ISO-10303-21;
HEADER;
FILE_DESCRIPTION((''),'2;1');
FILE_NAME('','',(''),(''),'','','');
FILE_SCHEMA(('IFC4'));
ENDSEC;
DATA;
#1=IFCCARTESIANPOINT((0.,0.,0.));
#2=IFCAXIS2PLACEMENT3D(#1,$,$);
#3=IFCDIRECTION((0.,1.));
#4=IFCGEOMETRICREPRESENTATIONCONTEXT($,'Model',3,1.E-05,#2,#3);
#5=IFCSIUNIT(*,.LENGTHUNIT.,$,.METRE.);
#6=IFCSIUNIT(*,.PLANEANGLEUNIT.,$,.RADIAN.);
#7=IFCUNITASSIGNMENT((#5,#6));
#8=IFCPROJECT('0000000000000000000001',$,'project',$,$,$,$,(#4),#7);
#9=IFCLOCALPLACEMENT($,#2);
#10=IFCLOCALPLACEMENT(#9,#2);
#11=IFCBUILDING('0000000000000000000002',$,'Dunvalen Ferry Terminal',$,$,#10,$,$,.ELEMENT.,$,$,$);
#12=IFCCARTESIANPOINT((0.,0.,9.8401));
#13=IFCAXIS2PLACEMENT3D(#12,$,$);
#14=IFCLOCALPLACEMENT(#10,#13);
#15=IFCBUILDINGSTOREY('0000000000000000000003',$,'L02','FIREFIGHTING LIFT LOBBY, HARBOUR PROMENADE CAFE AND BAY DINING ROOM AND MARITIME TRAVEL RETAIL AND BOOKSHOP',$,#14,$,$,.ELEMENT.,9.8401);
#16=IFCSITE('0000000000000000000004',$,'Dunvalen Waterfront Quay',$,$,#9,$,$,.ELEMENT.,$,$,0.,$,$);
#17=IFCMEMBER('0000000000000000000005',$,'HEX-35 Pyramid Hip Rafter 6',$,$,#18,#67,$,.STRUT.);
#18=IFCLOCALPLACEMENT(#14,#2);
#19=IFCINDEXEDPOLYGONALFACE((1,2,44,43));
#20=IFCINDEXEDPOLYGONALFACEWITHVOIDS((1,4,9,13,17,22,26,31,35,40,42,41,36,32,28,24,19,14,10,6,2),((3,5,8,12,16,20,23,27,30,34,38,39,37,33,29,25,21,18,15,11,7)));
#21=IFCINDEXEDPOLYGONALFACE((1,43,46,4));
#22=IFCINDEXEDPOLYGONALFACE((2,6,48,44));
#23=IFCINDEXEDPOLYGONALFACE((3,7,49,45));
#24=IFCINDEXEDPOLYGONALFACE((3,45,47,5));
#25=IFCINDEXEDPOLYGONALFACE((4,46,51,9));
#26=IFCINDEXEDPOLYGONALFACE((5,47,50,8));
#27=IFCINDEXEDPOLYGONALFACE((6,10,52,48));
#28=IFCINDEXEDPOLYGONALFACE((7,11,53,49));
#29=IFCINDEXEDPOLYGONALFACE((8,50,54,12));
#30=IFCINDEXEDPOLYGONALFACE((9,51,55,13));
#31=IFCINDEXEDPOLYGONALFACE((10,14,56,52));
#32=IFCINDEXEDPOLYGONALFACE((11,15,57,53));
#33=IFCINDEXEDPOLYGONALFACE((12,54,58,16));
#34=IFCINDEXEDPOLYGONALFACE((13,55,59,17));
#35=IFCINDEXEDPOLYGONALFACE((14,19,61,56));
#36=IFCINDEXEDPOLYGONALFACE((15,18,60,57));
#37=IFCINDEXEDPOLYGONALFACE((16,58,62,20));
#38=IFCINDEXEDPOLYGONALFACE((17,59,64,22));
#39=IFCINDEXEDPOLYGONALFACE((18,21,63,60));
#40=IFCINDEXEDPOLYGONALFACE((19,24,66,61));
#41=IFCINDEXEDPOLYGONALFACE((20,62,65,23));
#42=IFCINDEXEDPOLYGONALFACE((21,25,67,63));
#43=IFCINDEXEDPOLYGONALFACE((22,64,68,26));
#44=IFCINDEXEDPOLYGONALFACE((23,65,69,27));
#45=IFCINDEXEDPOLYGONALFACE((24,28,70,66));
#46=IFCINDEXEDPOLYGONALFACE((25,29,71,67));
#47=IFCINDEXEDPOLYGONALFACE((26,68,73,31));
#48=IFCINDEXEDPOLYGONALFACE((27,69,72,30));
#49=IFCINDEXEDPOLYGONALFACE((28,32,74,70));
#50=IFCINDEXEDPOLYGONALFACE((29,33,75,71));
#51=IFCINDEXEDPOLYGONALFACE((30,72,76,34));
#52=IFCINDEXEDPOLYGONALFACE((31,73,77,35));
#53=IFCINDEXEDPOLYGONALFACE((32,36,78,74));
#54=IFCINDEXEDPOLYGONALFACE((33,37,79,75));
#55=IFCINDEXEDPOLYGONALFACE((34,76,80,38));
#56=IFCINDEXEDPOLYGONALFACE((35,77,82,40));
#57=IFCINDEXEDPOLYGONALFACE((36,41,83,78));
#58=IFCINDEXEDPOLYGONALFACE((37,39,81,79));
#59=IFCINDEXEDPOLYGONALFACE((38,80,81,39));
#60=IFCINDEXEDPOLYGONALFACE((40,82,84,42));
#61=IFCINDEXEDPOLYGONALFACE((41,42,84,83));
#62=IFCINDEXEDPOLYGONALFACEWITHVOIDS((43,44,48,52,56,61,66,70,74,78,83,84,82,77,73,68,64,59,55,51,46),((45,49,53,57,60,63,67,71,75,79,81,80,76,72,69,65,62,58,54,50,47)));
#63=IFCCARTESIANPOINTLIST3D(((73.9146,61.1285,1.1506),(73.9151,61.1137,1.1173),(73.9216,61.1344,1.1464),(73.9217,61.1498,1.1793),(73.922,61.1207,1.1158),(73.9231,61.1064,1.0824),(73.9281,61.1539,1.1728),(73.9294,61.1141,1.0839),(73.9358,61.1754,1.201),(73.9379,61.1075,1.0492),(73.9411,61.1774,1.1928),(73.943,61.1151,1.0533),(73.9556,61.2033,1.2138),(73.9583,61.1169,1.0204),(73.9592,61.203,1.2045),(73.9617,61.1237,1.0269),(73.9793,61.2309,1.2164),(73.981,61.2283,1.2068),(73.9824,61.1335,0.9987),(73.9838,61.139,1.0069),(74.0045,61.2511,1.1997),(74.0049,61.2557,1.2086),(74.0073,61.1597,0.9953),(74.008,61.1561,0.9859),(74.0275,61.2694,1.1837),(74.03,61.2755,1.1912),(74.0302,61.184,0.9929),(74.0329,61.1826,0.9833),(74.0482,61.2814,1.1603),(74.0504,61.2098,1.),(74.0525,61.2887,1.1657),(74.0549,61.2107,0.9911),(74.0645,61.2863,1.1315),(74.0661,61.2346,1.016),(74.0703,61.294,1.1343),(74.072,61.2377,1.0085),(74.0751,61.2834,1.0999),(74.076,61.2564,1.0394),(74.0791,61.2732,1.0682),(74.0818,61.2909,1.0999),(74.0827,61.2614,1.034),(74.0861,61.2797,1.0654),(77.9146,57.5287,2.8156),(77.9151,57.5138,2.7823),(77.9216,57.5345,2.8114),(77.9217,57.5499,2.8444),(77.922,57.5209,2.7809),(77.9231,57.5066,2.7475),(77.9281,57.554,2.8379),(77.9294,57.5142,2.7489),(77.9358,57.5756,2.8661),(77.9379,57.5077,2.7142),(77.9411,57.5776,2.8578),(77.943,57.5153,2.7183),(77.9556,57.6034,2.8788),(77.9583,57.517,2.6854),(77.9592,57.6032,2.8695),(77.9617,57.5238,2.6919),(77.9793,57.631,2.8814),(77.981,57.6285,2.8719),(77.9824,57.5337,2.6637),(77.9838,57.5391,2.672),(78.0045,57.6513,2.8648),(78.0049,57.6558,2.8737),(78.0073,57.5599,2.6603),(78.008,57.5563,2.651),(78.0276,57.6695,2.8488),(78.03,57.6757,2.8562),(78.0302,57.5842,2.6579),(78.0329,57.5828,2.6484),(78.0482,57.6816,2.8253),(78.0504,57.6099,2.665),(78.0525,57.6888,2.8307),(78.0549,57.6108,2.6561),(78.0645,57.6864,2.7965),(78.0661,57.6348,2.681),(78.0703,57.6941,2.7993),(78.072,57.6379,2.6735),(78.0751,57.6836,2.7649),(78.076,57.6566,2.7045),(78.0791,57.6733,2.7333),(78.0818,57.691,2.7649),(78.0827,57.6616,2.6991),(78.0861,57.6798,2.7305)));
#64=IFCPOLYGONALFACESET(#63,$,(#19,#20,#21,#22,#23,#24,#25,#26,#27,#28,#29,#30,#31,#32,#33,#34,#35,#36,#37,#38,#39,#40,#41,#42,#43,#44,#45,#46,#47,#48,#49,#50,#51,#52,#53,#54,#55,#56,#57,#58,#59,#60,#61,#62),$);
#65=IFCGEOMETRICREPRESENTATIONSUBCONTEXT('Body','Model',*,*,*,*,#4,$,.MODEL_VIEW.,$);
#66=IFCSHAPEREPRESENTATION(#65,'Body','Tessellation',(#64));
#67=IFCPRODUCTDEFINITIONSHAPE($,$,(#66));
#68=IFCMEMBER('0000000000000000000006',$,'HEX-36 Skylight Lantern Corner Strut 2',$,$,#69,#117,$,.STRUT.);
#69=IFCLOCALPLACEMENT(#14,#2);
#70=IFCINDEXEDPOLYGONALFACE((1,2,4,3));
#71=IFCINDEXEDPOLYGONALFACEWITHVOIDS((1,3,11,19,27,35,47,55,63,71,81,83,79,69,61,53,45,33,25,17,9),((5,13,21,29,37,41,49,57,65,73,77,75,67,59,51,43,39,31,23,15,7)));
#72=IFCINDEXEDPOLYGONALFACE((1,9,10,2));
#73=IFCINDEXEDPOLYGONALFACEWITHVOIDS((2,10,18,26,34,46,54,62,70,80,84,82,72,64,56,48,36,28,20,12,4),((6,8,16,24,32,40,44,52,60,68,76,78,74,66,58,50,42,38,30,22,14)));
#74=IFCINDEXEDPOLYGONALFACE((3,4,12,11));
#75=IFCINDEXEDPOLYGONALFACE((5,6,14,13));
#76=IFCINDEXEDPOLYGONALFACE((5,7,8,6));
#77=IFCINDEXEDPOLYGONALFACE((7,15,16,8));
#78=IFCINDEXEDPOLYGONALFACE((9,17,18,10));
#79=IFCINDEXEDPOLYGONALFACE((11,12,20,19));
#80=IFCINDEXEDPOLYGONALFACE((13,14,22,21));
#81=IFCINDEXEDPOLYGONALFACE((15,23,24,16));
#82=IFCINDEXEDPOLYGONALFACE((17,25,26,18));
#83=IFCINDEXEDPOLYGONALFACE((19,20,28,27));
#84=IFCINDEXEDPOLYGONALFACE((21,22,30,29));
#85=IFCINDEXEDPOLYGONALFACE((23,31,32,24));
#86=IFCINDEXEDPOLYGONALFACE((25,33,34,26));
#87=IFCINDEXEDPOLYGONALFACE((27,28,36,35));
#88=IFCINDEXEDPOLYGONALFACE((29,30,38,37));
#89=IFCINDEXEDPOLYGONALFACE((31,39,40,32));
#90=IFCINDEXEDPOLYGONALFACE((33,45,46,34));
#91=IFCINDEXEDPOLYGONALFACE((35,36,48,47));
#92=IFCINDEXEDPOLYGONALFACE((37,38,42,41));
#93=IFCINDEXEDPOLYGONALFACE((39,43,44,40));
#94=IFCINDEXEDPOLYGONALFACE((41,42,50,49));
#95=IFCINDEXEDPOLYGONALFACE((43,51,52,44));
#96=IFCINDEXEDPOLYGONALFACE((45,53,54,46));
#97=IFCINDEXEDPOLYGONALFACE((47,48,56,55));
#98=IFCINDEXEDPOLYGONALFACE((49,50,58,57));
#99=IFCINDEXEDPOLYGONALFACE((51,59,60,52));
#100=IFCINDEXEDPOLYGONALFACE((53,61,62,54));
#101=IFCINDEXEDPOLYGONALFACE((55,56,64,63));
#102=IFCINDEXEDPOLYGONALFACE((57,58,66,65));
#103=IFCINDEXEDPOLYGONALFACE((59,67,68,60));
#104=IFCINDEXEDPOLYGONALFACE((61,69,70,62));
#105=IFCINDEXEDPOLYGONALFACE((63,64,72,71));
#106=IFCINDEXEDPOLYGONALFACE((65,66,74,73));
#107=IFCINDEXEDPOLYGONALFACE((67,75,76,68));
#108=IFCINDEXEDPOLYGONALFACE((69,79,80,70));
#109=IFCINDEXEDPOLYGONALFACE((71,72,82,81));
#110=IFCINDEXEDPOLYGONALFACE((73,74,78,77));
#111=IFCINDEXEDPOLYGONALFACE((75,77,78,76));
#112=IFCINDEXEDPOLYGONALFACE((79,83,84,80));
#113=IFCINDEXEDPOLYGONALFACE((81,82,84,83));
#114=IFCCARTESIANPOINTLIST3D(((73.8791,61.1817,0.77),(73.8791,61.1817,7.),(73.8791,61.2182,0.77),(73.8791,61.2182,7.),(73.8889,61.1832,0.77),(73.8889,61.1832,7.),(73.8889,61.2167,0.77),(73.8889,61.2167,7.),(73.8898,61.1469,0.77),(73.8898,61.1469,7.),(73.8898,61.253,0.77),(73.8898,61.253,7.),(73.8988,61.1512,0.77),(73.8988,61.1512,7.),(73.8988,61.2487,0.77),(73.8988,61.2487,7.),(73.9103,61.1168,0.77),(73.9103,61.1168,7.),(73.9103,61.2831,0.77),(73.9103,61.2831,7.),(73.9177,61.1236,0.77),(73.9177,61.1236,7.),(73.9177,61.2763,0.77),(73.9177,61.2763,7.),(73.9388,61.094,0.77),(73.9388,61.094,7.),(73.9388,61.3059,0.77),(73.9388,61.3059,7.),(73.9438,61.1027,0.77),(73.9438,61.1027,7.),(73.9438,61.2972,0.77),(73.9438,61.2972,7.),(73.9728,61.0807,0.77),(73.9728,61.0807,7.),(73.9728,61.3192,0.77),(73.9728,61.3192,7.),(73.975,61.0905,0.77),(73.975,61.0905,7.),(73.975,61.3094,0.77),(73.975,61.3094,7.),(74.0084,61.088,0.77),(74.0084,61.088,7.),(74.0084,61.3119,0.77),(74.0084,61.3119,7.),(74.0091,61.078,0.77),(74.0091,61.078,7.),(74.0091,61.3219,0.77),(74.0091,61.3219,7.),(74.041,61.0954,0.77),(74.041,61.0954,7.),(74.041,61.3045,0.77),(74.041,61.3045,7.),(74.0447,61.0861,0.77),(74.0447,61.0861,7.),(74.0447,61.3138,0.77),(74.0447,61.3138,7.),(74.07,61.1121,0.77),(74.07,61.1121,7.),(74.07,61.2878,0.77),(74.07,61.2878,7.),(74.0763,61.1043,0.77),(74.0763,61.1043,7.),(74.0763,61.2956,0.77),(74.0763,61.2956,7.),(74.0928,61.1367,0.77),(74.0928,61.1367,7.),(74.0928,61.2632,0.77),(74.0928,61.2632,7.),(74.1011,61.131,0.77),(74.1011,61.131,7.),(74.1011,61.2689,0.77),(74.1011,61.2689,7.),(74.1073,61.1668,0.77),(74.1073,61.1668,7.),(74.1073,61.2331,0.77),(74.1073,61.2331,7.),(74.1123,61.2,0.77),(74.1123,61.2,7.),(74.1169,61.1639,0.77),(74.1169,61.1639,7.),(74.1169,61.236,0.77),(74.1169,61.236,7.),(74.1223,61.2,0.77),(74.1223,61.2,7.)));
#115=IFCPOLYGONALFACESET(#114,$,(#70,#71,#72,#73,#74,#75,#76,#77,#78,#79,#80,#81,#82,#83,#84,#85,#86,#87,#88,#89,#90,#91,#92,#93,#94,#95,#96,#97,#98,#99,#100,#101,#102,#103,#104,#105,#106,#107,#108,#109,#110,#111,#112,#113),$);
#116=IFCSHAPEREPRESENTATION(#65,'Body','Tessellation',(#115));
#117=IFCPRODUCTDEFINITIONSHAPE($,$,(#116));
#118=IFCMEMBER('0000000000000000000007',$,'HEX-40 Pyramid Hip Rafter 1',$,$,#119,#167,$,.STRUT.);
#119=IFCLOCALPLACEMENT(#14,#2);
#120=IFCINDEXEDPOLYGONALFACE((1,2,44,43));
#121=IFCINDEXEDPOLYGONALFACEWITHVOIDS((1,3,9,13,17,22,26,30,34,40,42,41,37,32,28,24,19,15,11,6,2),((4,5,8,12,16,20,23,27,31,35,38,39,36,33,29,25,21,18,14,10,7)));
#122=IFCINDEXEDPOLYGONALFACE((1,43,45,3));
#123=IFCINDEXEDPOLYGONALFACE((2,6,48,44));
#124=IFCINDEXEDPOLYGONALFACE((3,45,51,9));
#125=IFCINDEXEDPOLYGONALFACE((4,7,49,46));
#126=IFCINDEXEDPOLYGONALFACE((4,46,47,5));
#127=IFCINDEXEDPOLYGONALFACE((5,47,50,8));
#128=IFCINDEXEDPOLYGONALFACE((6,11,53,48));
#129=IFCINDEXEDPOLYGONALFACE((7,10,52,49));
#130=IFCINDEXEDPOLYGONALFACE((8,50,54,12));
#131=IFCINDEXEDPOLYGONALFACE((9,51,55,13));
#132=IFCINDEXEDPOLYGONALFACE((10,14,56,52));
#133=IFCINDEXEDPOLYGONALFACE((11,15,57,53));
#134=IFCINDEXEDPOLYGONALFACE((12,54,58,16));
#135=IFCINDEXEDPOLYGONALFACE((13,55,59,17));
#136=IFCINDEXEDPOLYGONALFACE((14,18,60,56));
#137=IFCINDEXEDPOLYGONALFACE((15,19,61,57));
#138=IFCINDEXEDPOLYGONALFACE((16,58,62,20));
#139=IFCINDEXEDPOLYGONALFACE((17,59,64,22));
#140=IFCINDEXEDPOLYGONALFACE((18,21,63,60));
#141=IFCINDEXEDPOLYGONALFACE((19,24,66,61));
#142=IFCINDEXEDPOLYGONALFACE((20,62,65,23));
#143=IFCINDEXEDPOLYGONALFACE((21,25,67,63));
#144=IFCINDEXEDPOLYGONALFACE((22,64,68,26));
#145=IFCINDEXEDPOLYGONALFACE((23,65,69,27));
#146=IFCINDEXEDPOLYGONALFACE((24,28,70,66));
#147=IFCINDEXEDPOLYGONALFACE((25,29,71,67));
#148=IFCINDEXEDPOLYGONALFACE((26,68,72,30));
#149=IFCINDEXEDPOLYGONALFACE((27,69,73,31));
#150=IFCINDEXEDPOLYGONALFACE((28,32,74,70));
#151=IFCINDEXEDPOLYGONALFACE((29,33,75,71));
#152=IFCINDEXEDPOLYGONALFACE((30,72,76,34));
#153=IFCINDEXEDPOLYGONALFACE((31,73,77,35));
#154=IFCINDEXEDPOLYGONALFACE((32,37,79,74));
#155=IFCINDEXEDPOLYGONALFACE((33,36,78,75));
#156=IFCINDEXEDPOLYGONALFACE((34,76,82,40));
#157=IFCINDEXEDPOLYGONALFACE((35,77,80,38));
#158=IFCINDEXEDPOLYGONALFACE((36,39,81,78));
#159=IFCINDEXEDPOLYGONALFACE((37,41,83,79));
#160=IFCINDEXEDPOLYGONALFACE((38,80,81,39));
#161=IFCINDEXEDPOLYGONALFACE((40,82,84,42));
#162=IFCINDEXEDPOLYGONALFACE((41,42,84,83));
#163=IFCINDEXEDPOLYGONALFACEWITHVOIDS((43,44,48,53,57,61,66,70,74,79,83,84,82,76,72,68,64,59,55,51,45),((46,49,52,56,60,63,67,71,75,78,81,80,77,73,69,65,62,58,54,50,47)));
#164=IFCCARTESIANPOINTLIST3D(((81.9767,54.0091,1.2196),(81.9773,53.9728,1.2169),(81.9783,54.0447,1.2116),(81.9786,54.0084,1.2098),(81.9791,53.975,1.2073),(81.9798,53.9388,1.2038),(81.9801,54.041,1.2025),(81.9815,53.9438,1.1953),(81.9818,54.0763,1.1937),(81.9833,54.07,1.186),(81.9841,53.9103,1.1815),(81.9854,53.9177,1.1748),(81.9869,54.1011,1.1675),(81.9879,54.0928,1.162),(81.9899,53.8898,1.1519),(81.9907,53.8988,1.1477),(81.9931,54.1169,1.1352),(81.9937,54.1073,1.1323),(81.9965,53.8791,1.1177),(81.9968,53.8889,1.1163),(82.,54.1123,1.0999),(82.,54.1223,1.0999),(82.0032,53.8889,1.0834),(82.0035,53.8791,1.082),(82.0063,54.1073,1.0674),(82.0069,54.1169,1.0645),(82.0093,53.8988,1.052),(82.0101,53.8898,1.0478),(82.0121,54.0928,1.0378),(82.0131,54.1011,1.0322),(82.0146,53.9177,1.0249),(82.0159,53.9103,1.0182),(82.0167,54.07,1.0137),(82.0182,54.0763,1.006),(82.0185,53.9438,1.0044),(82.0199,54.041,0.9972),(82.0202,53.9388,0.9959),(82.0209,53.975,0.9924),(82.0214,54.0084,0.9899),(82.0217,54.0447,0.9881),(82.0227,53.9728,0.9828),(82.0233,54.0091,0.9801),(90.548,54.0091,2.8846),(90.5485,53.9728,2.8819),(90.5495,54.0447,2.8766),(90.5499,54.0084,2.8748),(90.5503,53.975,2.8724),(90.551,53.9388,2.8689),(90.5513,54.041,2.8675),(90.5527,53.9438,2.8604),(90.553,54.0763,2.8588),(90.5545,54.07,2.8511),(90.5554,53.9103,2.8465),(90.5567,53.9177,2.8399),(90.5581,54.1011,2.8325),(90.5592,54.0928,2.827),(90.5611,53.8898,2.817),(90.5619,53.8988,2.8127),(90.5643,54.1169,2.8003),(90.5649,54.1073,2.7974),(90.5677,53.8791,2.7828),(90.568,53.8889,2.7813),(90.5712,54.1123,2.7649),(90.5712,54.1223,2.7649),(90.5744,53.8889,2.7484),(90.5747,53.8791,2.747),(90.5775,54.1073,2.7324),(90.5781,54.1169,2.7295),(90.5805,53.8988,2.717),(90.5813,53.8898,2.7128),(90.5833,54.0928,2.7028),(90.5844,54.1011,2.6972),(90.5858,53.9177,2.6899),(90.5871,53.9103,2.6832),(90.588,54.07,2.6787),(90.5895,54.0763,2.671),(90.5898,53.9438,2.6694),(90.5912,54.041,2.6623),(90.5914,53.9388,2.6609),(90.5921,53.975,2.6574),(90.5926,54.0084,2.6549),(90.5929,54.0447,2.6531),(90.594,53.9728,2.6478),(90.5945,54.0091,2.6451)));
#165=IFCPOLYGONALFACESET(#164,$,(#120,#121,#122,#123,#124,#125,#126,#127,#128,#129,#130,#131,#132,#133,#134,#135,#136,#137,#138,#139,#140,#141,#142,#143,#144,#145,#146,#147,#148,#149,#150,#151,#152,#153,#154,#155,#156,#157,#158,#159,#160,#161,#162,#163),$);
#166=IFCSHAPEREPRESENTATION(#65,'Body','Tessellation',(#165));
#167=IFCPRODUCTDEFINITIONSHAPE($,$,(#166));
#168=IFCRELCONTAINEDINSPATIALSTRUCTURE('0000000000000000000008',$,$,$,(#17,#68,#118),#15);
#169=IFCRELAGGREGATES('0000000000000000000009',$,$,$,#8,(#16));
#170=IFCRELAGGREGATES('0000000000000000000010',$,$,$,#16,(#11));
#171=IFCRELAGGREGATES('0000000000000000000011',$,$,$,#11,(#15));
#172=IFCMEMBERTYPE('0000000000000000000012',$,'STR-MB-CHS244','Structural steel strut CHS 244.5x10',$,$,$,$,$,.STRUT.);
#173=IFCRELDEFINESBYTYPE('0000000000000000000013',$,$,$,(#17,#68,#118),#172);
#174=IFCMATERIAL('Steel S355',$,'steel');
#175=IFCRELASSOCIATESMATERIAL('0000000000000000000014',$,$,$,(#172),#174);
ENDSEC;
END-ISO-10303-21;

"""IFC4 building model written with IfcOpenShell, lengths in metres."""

from ifc_helpers import new_model, si_unit, direction, frame, origin, origin_2d, place, context, subcontext, project, spatial, hollow_circle, extrude, material, material_profile, profile_set, type_object, element, save


model = new_model("IFC4")

# Units and contexts
model_context = context("Model", 3, precision=1e-05, world=origin(), true_north=direction((0.0, 1.0)))
body_context = subcontext(model_context, "Body", "Model", "MODEL_VIEW")
ifc_project = project(units=[si_unit("LENGTHUNIT", "METRE"), si_unit("PLANEANGLEUNIT", "RADIAN")], contexts=[model_context])

# Site, building, storey
site_placement = place(None, origin())
site = spatial("IfcSite", under=ifc_project, at=site_placement, Name="Dunvalen Waterfront Quay", CompositionType="ELEMENT", RefElevation=0.0)
building_placement = place(site_placement, origin())
building = spatial("IfcBuilding", under=site, at=building_placement, Name="Dunvalen Ferry Terminal", CompositionType="ELEMENT")
storey_placement = place(building_placement, frame((0.0, 0.0, 9.8401)))
storey = spatial("IfcBuildingStorey", under=building, at=storey_placement, Name="L02", Description="FIREFIGHTING LIFT LOBBY, HARBOUR PROMENADE CAFE AND BAY DINING ROOM AND MARITIME TRAVEL RETAIL AND BOOKSHOP", CompositionType="ELEMENT", Elevation=9.8401)

# Shared definitions
ifc_material_1 = material(Name="Steel S355", Category="steel")

# Members
ifc_material_profile_1 = material_profile(ifc_material_1, hollow_circle(Radius=0.1223, WallThickness=0.01, at=origin_2d()), Name="Steel S355")
ifc_profile_set_1 = profile_set([ifc_material_profile_1], Name="Steel S355")
member_type_1 = type_object("IfcMemberType", Name="STR-MB-CHS244", Description="Structural steel strut CHS 244.5x10", PredefinedType="STRUT", material=ifc_profile_set_1)
member_1_placement = place(storey_placement, frame((74.0, 61.2, 1.0999), z_axis=(0.710094, -0.639059, 0.295584), x_axis=(0.66895, 0.743308, 0.0)))
element("IfcMember", 1, at=member_1_placement, inside=storey, type_object=member_type_1, Name="HEX-35 Pyramid Hip Rafter 6", PredefinedType="STRUT", context=body_context, shape_type="SweptSolid", body=[
    extrude(hollow_circle(Radius=0.1223, WallThickness=0.01, at=origin_2d()), origin(), (0.0, 0.0, 1.0), 5.6331),
])
member_2_placement = place(storey_placement, frame((74.0, 61.2, 0.77), z_axis=(0.0, 0.0, 1.0), x_axis=(1.0, 0.0, 0.0)))
element("IfcMember", 2, at=member_2_placement, inside=storey, type_object=member_type_1, Name="HEX-36 Skylight Lantern Corner Strut 2", PredefinedType="STRUT", context=body_context, shape_type="SweptSolid", body=[
    extrude(hollow_circle(Radius=0.1223, WallThickness=0.01, at=origin_2d()), origin(), (0.0, 0.0, 1.0), 6.23),
])
member_3_placement = place(storey_placement, frame((82.0, 54.0, 1.0999), z_axis=(0.98165, 0.0, 0.190693), x_axis=(0.0, 1.0, 0.0)))
element("IfcMember", 3, at=member_3_placement, inside=storey, type_object=member_type_1, Name="HEX-40 Pyramid Hip Rafter 1", PredefinedType="STRUT", context=body_context, shape_type="SweptSolid", body=[
    extrude(hollow_circle(Radius=0.1223, WallThickness=0.01, at=origin_2d()), origin(), (0.0, 0.0, 1.0), 8.7314),
])

save(model, "model.ifc")
